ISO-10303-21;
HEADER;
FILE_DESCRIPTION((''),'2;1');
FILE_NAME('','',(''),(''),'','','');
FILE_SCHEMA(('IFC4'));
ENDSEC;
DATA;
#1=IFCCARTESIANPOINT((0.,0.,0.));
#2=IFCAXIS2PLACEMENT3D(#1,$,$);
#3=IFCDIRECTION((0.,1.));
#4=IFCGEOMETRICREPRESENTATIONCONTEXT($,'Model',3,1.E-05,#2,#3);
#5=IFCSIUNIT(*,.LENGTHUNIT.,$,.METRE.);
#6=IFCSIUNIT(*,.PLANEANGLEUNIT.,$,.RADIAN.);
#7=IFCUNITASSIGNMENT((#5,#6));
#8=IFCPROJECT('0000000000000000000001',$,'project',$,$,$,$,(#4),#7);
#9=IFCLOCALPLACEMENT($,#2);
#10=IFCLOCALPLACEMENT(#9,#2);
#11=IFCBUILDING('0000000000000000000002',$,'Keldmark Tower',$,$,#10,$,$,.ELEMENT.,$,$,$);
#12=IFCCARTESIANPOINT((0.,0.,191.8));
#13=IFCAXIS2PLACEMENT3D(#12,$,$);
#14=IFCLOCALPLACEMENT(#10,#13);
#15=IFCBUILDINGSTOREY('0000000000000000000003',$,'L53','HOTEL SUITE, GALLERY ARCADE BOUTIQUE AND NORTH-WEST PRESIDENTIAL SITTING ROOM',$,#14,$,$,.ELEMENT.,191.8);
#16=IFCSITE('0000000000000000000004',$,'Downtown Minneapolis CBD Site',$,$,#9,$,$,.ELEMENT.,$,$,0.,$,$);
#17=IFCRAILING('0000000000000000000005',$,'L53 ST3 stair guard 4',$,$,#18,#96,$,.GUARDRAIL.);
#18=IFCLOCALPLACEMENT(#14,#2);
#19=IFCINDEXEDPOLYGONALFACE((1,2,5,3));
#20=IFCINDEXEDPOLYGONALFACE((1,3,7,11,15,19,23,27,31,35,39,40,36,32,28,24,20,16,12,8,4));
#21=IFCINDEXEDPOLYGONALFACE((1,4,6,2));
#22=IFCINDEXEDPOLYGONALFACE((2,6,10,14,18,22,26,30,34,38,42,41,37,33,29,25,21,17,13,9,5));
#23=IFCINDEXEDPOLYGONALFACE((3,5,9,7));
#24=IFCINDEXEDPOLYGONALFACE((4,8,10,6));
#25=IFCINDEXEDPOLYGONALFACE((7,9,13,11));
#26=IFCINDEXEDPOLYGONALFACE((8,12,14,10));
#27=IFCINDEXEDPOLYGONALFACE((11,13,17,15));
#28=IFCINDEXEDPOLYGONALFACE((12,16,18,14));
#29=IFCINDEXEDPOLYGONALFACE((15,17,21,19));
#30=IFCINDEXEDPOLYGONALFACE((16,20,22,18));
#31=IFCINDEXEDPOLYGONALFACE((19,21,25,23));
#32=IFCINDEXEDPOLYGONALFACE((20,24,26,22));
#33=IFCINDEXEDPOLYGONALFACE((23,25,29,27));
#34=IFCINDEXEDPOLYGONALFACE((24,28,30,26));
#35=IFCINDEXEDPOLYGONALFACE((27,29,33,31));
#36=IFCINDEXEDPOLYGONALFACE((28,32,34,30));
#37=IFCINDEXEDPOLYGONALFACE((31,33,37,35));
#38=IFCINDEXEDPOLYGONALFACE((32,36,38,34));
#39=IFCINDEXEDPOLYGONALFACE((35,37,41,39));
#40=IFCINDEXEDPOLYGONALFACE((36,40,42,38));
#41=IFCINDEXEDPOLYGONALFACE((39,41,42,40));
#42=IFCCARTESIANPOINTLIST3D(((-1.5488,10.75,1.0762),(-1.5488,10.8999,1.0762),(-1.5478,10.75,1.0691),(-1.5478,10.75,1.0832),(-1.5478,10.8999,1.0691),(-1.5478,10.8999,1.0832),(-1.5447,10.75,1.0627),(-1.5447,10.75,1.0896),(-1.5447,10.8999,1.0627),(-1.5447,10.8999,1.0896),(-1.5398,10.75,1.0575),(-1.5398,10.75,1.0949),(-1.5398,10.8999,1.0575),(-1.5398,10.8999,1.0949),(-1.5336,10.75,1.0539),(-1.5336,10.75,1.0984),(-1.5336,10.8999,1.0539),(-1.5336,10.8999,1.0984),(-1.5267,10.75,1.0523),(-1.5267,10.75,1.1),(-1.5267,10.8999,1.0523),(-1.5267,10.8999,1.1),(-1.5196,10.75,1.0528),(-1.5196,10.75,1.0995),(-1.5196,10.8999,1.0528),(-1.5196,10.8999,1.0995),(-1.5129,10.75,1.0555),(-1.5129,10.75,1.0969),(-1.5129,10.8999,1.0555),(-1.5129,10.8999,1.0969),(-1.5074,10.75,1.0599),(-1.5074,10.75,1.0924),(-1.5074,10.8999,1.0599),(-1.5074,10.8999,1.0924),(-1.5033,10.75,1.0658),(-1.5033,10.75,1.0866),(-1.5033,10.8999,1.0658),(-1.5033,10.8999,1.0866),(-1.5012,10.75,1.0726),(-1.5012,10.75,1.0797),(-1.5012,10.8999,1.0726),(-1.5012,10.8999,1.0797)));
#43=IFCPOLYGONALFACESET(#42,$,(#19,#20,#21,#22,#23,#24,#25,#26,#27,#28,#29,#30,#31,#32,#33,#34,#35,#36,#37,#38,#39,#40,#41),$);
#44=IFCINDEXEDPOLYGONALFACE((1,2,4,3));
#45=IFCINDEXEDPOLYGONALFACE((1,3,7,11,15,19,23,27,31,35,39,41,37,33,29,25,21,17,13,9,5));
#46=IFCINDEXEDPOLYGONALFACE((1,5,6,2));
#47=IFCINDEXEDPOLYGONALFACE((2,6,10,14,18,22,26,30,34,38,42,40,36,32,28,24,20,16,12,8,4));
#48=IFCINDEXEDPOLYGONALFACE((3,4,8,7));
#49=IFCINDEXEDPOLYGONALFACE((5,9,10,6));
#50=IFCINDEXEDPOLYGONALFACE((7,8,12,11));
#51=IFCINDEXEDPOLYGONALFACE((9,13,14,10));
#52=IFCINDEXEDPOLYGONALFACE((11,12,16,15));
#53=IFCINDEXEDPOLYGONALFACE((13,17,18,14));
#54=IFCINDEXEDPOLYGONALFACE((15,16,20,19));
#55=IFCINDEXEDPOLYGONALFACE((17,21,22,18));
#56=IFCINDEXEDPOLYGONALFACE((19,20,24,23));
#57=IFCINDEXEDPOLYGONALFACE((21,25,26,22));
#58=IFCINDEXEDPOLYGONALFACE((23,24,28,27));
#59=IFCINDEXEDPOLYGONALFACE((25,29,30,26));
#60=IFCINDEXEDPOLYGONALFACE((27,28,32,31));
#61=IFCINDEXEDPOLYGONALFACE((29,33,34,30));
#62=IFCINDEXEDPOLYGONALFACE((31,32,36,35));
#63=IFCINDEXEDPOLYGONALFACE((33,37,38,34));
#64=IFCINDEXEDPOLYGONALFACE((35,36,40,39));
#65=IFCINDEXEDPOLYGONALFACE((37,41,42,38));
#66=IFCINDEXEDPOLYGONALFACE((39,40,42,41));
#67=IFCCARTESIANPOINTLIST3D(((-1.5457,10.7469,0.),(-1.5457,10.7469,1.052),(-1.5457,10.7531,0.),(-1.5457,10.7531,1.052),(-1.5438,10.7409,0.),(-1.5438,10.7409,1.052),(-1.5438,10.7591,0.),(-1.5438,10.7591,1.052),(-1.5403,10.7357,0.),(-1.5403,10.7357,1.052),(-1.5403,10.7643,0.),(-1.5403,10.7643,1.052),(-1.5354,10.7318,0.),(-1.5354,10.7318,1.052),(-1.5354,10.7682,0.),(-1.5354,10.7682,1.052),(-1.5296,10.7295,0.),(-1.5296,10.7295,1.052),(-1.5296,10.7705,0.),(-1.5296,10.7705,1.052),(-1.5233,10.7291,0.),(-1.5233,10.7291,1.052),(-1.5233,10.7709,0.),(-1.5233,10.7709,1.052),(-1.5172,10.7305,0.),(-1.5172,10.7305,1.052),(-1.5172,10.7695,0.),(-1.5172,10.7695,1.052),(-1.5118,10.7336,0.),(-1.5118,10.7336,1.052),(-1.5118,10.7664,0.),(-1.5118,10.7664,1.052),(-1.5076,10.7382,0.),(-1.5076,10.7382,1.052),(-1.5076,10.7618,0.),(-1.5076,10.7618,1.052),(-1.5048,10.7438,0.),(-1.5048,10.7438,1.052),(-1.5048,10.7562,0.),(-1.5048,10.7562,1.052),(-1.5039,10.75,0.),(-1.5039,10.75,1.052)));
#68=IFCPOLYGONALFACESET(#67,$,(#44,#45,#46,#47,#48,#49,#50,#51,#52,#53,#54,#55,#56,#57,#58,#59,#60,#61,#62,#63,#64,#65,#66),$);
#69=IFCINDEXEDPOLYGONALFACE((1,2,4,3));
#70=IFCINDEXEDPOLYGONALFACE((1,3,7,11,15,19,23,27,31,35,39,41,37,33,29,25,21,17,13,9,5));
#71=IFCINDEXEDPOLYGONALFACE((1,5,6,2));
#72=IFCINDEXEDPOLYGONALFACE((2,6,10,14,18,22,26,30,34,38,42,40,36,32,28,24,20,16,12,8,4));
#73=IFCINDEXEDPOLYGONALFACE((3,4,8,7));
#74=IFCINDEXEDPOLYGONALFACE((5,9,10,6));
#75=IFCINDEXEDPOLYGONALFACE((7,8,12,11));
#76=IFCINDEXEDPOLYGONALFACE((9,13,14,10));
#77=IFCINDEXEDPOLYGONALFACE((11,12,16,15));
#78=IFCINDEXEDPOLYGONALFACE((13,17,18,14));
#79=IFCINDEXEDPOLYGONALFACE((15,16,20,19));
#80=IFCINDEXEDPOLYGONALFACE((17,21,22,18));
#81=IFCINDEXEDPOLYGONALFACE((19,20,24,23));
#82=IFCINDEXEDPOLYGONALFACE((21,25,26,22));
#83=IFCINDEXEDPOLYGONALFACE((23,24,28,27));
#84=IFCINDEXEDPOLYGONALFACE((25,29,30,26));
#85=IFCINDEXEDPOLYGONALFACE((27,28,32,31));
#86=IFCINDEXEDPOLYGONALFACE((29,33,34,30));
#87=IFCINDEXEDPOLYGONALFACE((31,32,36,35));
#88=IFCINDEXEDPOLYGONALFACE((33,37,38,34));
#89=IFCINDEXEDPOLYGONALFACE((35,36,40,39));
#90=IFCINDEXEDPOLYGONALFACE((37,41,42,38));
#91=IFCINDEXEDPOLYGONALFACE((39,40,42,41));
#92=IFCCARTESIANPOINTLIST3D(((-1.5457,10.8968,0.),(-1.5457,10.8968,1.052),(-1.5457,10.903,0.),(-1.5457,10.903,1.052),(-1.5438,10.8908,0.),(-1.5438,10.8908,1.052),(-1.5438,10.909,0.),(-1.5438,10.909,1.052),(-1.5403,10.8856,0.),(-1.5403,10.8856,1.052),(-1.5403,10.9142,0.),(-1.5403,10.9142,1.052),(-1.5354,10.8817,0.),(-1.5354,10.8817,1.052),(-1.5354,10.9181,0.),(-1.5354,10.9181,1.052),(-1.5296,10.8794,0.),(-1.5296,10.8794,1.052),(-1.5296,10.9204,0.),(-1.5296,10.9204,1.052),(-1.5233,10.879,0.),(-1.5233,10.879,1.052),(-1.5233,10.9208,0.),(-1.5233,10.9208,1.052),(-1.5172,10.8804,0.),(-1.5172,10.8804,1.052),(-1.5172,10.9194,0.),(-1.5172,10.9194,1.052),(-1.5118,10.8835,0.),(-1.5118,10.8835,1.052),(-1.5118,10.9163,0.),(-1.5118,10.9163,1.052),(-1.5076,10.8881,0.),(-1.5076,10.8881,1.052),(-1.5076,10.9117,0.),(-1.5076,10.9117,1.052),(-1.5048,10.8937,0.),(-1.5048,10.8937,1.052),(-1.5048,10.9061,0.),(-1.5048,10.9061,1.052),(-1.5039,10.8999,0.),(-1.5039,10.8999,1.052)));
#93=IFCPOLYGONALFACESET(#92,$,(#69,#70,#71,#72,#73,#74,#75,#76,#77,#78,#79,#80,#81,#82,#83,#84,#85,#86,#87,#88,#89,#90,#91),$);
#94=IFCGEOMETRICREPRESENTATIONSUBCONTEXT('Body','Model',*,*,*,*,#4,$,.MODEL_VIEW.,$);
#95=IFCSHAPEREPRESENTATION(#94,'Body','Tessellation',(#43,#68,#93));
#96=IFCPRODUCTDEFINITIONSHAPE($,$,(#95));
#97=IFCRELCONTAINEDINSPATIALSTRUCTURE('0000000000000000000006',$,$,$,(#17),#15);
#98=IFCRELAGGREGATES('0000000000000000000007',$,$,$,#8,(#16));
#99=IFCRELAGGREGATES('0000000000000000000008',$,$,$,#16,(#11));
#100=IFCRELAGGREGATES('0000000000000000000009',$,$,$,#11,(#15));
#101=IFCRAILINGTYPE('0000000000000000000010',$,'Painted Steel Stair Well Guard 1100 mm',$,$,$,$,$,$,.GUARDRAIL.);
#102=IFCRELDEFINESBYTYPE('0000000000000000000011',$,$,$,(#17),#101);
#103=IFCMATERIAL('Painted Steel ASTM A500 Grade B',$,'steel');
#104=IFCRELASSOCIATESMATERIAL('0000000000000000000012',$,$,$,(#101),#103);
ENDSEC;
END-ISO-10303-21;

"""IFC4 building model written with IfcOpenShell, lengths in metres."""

from ifc_helpers import new_model, si_unit, direction, frame, origin, origin_2d, place, context, subcontext, project, spatial, circle, extrude, material, type_object, element, save


model = new_model("IFC4")

# Units and contexts
model_context = context("Model", 3, precision=1e-05, world=origin(), true_north=direction((0.0, 1.0)))
body_context = subcontext(model_context, "Body", "Model", "MODEL_VIEW")
ifc_project = project(units=[si_unit("LENGTHUNIT", "METRE"), si_unit("PLANEANGLEUNIT", "RADIAN")], contexts=[model_context])

# Site, building, storey
site_placement = place(None, origin())
site = spatial("IfcSite", under=ifc_project, at=site_placement, Name="Downtown Minneapolis CBD Site", CompositionType="ELEMENT", RefElevation=0.0)
building_placement = place(site_placement, origin())
building = spatial("IfcBuilding", under=site, at=building_placement, Name="Keldmark Tower", CompositionType="ELEMENT")
storey_placement = place(building_placement, frame((0.0, 0.0, 191.8)))
storey = spatial("IfcBuildingStorey", under=building, at=storey_placement, Name="L53", Description="HOTEL SUITE, GALLERY ARCADE BOUTIQUE AND NORTH-WEST PRESIDENTIAL SITTING ROOM", CompositionType="ELEMENT", Elevation=191.8)

# Railing
ifc_material_1 = material(Name="Painted Steel ASTM A500 Grade B", Category="steel")
railing_type_1 = type_object("IfcRailingType", Name="Painted Steel Stair Well Guard 1100 mm", PredefinedType="GUARDRAIL", material=ifc_material_1)
railing_1_placement = place(storey_placement, frame((-1.5249, 10.75, 0.0)))
element("IfcRailing", 1, at=railing_1_placement, inside=storey, type_object=railing_type_1, Name="L53 ST3 stair guard 4", PredefinedType="GUARDRAIL", context=body_context, shape_type="SweptSolid", body=[
    extrude(circle(Radius=0.0239, at=origin_2d()), frame((0.0, 0.0, 1.0762), z_axis=(0.0, 1.0, 0.0), x_axis=(-1.0, 0.0, 0.0)), (0.0, 0.0, 1.0), 0.1499),
    extrude(circle(Radius=0.021, at=origin_2d()), origin(), (0.0, 0.0, 1.0), 1.052),
    extrude(circle(Radius=0.021, at=origin_2d()), frame((0.0, 0.1499, 0.0)), (0.0, 0.0, 1.0), 1.052),
])

save(model, "model.ifc")
